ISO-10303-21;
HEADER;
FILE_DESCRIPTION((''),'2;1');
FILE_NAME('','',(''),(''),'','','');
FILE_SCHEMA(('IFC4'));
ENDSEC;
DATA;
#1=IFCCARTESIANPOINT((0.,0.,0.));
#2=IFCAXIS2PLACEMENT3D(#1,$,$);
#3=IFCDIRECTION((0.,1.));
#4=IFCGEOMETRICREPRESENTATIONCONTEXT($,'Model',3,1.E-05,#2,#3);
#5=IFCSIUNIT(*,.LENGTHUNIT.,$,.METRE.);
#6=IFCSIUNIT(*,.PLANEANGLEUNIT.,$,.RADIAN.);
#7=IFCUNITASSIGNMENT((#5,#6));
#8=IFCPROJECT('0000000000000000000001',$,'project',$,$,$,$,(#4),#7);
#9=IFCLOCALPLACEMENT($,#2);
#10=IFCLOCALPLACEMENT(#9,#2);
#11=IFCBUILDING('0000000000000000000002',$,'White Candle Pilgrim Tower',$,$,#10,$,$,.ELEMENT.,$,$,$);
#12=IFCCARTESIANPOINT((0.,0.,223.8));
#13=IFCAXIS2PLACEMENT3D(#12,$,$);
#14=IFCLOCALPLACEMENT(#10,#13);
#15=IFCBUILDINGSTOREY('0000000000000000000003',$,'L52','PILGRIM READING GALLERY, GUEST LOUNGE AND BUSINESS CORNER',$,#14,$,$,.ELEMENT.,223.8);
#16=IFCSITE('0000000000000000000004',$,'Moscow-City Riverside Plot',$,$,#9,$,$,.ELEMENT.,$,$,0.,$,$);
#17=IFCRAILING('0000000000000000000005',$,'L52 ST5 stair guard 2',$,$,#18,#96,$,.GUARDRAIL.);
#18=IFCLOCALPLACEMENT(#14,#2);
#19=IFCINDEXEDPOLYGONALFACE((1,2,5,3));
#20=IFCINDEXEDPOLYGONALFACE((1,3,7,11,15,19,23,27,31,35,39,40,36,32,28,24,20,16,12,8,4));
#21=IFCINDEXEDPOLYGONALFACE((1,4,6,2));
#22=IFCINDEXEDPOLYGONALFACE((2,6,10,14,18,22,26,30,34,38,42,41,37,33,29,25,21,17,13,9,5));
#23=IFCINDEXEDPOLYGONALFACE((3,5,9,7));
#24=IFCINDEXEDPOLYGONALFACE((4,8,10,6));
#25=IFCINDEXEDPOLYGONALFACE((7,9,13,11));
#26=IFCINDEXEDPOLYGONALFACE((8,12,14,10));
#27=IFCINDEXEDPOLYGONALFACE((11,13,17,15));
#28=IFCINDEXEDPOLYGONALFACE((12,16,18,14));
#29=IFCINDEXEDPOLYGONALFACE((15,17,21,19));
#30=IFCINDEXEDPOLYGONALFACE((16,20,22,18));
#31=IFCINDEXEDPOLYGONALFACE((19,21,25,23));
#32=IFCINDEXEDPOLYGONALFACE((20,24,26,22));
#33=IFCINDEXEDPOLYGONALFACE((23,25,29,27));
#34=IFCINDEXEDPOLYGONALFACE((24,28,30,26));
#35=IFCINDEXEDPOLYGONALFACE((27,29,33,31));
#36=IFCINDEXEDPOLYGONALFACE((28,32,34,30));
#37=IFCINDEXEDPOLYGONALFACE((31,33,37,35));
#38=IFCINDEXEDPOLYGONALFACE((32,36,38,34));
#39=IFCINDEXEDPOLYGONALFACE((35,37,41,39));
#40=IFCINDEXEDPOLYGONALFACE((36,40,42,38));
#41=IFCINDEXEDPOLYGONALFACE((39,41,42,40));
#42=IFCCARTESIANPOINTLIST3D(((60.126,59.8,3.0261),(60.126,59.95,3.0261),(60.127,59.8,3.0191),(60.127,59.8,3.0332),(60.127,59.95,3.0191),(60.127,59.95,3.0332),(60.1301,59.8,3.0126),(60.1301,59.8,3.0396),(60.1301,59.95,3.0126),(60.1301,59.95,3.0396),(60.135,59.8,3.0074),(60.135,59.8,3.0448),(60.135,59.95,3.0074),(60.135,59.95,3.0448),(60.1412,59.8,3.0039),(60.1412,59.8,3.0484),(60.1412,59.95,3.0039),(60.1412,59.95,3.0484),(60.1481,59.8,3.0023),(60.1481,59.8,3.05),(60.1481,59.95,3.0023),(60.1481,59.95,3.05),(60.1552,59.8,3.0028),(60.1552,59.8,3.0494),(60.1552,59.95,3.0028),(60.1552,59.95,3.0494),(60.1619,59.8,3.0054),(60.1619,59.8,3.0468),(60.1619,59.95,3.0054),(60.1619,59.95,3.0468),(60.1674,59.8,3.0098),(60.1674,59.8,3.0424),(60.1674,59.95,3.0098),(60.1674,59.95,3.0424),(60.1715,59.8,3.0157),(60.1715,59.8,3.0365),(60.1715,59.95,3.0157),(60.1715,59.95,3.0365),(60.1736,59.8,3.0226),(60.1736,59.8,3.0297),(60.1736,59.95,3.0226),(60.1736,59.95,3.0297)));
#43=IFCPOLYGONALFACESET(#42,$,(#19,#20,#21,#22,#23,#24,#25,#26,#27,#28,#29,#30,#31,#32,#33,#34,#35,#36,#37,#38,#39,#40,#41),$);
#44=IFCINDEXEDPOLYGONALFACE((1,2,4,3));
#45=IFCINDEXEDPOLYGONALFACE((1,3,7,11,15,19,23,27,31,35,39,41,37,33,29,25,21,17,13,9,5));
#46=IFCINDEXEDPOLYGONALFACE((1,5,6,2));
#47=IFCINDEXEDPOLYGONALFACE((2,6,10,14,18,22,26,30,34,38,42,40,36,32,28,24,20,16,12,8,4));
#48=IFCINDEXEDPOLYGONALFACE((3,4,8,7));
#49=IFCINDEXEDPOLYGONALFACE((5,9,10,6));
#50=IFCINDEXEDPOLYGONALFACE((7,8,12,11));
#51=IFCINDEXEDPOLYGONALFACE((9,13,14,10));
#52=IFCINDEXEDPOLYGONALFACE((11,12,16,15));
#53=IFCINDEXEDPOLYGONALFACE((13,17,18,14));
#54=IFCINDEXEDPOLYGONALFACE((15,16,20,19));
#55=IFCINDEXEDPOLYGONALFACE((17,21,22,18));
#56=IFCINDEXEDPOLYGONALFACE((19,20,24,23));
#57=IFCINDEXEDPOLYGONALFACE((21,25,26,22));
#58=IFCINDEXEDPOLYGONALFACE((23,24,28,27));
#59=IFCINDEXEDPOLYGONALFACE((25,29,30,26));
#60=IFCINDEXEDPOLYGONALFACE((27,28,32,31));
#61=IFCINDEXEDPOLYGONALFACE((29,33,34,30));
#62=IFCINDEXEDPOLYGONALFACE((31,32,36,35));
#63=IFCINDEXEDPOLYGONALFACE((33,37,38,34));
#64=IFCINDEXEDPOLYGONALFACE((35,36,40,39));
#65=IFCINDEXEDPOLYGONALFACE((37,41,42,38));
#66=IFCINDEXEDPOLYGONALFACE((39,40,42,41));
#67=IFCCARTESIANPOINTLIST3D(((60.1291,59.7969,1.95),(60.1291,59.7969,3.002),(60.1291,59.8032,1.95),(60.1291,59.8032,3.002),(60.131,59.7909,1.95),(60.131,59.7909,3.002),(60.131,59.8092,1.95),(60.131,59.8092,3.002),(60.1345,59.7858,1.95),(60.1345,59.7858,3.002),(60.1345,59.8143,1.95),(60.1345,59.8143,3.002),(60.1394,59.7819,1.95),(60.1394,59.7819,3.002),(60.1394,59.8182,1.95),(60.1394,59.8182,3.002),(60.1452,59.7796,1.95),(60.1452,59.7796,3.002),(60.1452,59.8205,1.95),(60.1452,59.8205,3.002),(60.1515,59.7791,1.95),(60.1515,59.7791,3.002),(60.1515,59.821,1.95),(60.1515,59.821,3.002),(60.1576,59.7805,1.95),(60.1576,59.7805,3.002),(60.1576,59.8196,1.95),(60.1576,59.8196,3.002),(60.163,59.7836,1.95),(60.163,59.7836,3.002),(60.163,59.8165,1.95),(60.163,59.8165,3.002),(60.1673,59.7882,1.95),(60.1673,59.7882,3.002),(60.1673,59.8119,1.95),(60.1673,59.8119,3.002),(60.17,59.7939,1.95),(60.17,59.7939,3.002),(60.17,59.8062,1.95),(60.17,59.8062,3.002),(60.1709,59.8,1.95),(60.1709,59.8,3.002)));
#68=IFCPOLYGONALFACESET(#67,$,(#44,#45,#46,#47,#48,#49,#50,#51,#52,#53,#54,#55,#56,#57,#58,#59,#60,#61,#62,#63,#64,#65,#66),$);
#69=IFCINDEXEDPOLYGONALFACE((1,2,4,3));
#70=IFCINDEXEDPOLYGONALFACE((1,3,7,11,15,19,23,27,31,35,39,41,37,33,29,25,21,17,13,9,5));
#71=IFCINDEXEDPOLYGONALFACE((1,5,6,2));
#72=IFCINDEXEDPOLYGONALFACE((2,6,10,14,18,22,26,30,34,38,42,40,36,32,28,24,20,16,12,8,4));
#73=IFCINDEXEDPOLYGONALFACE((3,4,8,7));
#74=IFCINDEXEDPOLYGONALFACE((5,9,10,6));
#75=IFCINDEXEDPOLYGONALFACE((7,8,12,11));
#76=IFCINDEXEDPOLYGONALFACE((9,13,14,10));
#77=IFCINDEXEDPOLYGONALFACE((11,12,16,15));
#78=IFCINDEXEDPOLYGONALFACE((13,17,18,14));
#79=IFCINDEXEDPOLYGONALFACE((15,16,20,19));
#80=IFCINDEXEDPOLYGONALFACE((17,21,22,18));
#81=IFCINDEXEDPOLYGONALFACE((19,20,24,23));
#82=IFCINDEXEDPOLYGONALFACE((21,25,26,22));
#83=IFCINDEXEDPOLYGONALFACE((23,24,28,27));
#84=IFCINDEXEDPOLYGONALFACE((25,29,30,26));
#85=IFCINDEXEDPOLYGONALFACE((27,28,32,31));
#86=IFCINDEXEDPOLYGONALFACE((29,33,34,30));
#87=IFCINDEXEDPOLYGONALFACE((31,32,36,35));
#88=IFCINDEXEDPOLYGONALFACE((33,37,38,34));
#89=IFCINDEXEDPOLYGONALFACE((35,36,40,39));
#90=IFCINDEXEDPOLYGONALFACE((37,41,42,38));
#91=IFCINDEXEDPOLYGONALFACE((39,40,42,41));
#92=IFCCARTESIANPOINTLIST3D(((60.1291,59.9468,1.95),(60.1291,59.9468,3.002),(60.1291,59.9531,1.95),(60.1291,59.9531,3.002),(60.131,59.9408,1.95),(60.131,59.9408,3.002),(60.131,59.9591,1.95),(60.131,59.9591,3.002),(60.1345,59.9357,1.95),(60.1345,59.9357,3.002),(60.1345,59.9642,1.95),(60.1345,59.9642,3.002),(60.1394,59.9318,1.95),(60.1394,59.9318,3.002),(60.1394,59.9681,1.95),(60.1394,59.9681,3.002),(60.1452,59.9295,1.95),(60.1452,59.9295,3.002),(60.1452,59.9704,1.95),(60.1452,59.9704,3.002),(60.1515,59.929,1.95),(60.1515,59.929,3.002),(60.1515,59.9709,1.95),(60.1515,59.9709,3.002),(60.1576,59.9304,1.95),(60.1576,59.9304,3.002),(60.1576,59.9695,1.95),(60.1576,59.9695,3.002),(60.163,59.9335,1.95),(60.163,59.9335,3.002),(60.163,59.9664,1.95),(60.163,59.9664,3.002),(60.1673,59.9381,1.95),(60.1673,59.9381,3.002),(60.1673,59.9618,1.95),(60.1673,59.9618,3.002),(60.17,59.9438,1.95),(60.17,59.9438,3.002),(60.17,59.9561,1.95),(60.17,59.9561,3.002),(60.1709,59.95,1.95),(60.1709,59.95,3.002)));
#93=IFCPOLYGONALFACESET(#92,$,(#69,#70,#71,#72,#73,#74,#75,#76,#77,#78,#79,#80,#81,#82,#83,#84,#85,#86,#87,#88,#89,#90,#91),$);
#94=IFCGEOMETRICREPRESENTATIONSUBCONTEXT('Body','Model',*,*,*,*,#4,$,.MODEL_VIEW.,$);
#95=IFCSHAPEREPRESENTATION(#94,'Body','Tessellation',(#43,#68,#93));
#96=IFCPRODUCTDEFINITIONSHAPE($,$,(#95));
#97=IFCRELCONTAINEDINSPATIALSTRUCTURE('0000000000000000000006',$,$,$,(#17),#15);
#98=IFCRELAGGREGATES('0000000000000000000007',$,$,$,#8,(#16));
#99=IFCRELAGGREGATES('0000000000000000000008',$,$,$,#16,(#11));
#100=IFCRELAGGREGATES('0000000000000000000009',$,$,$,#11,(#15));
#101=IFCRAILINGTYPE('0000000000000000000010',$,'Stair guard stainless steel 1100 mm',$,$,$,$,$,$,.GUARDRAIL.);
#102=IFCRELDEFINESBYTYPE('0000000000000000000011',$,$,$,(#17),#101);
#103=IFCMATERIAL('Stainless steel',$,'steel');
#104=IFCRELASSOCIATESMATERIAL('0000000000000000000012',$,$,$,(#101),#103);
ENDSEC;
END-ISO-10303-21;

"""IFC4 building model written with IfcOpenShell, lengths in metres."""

from ifc_helpers import new_model, si_unit, direction, frame, origin, origin_2d, place, context, subcontext, project, spatial, circle, extrude, material, type_object, element, save


model = new_model("IFC4")

# Units and contexts
model_context = context("Model", 3, precision=1e-05, world=origin(), true_north=direction((0.0, 1.0)))
body_context = subcontext(model_context, "Body", "Model", "MODEL_VIEW")
ifc_project = project(units=[si_unit("LENGTHUNIT", "METRE"), si_unit("PLANEANGLEUNIT", "RADIAN")], contexts=[model_context])

# Site, building, storey
site_placement = place(None, origin())
site = spatial("IfcSite", under=ifc_project, at=site_placement, Name="Moscow-City Riverside Plot", CompositionType="ELEMENT", RefElevation=0.0)
building_placement = place(site_placement, origin())
building = spatial("IfcBuilding", under=site, at=building_placement, Name="White Candle Pilgrim Tower", CompositionType="ELEMENT")
storey_placement = place(building_placement, frame((0.0, 0.0, 223.8)))
storey = spatial("IfcBuildingStorey", under=building, at=storey_placement, Name="L52", Description="PILGRIM READING GALLERY, GUEST LOUNGE AND BUSINESS CORNER", CompositionType="ELEMENT", Elevation=223.8)

# Railing
ifc_material_1 = material(Name="Stainless steel", Category="steel")
railing_type_1 = type_object("IfcRailingType", Name="Stair guard stainless steel 1100 mm", PredefinedType="GUARDRAIL", material=ifc_material_1)
railing_1_placement = place(storey_placement, frame((60.1499, 59.8, 1.95)))
element("IfcRailing", 1, at=railing_1_placement, inside=storey, type_object=railing_type_1, Name="L52 ST5 stair guard 2", PredefinedType="GUARDRAIL", context=body_context, shape_type="SweptSolid", body=[
    extrude(circle(Radius=0.0239, at=origin_2d()), frame((0.0, 0.0, 1.0762), z_axis=(0.0, 1.0, 0.0), x_axis=(-1.0, 0.0, 0.0)), (0.0, 0.0, 1.0), 0.1499),
    extrude(circle(Radius=0.021, at=origin_2d()), origin(), (0.0, 0.0, 1.0), 1.052),
    extrude(circle(Radius=0.021, at=origin_2d()), frame((0.0, 0.1499, 0.0)), (0.0, 0.0, 1.0), 1.052),
])

save(model, "model.ifc")
